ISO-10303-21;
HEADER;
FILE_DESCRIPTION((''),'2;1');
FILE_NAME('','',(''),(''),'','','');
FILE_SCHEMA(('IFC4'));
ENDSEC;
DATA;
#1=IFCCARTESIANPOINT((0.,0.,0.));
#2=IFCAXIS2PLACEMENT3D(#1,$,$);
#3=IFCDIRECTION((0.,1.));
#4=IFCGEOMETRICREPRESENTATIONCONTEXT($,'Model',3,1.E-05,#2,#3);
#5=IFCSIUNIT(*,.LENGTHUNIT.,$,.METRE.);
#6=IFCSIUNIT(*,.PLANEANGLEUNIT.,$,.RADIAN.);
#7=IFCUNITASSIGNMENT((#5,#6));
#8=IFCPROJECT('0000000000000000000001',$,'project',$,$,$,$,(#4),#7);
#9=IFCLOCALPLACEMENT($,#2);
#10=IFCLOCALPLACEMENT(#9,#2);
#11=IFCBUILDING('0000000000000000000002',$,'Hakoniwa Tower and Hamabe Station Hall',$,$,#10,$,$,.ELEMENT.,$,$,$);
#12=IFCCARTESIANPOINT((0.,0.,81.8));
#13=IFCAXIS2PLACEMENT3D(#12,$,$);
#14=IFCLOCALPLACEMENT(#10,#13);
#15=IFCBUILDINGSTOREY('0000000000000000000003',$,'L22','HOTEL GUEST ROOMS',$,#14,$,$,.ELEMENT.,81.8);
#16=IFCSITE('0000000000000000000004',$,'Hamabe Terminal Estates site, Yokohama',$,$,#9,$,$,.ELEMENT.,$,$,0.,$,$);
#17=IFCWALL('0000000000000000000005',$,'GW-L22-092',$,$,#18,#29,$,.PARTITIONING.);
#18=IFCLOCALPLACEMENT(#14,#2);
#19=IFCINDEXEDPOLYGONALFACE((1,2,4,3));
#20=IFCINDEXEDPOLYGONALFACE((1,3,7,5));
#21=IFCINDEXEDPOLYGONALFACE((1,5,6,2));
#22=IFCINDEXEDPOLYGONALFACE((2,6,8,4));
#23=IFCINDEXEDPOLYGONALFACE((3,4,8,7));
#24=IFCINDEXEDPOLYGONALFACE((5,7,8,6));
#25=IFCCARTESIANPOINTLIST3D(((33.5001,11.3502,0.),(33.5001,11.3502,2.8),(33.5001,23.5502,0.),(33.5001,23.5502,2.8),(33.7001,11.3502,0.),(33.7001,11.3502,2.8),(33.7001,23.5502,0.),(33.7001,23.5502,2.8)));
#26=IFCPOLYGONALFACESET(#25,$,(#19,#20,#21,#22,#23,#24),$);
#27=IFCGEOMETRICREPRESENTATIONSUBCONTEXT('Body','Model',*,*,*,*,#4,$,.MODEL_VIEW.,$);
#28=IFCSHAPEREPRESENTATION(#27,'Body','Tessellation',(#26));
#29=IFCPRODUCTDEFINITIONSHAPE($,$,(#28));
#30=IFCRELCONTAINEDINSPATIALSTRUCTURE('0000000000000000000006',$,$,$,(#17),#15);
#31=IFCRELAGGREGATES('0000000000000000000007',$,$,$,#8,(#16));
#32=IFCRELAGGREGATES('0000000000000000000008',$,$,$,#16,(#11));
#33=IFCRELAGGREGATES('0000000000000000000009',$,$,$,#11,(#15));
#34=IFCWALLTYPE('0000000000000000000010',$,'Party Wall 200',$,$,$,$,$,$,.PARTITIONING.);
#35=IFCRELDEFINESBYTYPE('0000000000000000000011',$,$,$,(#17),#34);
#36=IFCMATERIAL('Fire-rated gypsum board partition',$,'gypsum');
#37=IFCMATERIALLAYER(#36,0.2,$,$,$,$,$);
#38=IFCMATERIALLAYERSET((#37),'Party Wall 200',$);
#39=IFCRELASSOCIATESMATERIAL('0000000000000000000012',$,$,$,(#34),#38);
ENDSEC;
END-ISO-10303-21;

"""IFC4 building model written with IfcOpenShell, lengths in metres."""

from ifc_helpers import new_model, si_unit, direction, frame, frame_2d, origin, place, context, subcontext, project, spatial, rectangle, extrude, material, layer, layer_set, type_object, element, save


model = new_model("IFC4")

# Units and contexts
model_context = context("Model", 3, precision=1e-05, world=origin(), true_north=direction((0.0, 1.0)))
body_context = subcontext(model_context, "Body", "Model", "MODEL_VIEW")
ifc_project = project(units=[si_unit("LENGTHUNIT", "METRE"), si_unit("PLANEANGLEUNIT", "RADIAN")], contexts=[model_context])

# Site, building, storey
site_placement = place(None, origin())
site = spatial("IfcSite", under=ifc_project, at=site_placement, Name="Hamabe Terminal Estates site, Yokohama", CompositionType="ELEMENT", RefElevation=0.0)
building_placement = place(site_placement, origin())
building = spatial("IfcBuilding", under=site, at=building_placement, Name="Hakoniwa Tower and Hamabe Station Hall", CompositionType="ELEMENT")
storey_placement = place(building_placement, frame((0.0, 0.0, 81.8)))
storey = spatial("IfcBuildingStorey", under=building, at=storey_placement, Name="L22", Description="HOTEL GUEST ROOMS", CompositionType="ELEMENT", Elevation=81.8)

# Wall
ifc_material_1 = material(Name="Fire-rated gypsum board partition", Category="gypsum")
ifc_layer_1 = layer(ifc_material_1, 0.2)
ifc_layer_set_1 = layer_set([ifc_layer_1], Name="Party Wall 200")
wall_type_1 = type_object("IfcWallType", Name="Party Wall 200", PredefinedType="PARTITIONING", material=ifc_layer_set_1)
for number, where, z_axis, x_axis, name in (
    (1, (33.6001, 11.3501, 0.0), (0.0, 0.0, 1.0), (0.0, 1.0, 0.0), "GW-L22-092"),
):
    element("IfcWall", number, at=place(storey_placement, frame(where, z_axis=z_axis, x_axis=x_axis)), inside=storey, type_object=wall_type_1, Name=name, PredefinedType="PARTITIONING", context=body_context, shape_type="SweptSolid", body=[
        extrude(rectangle(XDim=12.2, YDim=0.2, at=frame_2d((6.1001, 0.0))), origin(), (0.0, 0.0, 1.0), 2.8),
    ])

save(model, "model.ifc")
